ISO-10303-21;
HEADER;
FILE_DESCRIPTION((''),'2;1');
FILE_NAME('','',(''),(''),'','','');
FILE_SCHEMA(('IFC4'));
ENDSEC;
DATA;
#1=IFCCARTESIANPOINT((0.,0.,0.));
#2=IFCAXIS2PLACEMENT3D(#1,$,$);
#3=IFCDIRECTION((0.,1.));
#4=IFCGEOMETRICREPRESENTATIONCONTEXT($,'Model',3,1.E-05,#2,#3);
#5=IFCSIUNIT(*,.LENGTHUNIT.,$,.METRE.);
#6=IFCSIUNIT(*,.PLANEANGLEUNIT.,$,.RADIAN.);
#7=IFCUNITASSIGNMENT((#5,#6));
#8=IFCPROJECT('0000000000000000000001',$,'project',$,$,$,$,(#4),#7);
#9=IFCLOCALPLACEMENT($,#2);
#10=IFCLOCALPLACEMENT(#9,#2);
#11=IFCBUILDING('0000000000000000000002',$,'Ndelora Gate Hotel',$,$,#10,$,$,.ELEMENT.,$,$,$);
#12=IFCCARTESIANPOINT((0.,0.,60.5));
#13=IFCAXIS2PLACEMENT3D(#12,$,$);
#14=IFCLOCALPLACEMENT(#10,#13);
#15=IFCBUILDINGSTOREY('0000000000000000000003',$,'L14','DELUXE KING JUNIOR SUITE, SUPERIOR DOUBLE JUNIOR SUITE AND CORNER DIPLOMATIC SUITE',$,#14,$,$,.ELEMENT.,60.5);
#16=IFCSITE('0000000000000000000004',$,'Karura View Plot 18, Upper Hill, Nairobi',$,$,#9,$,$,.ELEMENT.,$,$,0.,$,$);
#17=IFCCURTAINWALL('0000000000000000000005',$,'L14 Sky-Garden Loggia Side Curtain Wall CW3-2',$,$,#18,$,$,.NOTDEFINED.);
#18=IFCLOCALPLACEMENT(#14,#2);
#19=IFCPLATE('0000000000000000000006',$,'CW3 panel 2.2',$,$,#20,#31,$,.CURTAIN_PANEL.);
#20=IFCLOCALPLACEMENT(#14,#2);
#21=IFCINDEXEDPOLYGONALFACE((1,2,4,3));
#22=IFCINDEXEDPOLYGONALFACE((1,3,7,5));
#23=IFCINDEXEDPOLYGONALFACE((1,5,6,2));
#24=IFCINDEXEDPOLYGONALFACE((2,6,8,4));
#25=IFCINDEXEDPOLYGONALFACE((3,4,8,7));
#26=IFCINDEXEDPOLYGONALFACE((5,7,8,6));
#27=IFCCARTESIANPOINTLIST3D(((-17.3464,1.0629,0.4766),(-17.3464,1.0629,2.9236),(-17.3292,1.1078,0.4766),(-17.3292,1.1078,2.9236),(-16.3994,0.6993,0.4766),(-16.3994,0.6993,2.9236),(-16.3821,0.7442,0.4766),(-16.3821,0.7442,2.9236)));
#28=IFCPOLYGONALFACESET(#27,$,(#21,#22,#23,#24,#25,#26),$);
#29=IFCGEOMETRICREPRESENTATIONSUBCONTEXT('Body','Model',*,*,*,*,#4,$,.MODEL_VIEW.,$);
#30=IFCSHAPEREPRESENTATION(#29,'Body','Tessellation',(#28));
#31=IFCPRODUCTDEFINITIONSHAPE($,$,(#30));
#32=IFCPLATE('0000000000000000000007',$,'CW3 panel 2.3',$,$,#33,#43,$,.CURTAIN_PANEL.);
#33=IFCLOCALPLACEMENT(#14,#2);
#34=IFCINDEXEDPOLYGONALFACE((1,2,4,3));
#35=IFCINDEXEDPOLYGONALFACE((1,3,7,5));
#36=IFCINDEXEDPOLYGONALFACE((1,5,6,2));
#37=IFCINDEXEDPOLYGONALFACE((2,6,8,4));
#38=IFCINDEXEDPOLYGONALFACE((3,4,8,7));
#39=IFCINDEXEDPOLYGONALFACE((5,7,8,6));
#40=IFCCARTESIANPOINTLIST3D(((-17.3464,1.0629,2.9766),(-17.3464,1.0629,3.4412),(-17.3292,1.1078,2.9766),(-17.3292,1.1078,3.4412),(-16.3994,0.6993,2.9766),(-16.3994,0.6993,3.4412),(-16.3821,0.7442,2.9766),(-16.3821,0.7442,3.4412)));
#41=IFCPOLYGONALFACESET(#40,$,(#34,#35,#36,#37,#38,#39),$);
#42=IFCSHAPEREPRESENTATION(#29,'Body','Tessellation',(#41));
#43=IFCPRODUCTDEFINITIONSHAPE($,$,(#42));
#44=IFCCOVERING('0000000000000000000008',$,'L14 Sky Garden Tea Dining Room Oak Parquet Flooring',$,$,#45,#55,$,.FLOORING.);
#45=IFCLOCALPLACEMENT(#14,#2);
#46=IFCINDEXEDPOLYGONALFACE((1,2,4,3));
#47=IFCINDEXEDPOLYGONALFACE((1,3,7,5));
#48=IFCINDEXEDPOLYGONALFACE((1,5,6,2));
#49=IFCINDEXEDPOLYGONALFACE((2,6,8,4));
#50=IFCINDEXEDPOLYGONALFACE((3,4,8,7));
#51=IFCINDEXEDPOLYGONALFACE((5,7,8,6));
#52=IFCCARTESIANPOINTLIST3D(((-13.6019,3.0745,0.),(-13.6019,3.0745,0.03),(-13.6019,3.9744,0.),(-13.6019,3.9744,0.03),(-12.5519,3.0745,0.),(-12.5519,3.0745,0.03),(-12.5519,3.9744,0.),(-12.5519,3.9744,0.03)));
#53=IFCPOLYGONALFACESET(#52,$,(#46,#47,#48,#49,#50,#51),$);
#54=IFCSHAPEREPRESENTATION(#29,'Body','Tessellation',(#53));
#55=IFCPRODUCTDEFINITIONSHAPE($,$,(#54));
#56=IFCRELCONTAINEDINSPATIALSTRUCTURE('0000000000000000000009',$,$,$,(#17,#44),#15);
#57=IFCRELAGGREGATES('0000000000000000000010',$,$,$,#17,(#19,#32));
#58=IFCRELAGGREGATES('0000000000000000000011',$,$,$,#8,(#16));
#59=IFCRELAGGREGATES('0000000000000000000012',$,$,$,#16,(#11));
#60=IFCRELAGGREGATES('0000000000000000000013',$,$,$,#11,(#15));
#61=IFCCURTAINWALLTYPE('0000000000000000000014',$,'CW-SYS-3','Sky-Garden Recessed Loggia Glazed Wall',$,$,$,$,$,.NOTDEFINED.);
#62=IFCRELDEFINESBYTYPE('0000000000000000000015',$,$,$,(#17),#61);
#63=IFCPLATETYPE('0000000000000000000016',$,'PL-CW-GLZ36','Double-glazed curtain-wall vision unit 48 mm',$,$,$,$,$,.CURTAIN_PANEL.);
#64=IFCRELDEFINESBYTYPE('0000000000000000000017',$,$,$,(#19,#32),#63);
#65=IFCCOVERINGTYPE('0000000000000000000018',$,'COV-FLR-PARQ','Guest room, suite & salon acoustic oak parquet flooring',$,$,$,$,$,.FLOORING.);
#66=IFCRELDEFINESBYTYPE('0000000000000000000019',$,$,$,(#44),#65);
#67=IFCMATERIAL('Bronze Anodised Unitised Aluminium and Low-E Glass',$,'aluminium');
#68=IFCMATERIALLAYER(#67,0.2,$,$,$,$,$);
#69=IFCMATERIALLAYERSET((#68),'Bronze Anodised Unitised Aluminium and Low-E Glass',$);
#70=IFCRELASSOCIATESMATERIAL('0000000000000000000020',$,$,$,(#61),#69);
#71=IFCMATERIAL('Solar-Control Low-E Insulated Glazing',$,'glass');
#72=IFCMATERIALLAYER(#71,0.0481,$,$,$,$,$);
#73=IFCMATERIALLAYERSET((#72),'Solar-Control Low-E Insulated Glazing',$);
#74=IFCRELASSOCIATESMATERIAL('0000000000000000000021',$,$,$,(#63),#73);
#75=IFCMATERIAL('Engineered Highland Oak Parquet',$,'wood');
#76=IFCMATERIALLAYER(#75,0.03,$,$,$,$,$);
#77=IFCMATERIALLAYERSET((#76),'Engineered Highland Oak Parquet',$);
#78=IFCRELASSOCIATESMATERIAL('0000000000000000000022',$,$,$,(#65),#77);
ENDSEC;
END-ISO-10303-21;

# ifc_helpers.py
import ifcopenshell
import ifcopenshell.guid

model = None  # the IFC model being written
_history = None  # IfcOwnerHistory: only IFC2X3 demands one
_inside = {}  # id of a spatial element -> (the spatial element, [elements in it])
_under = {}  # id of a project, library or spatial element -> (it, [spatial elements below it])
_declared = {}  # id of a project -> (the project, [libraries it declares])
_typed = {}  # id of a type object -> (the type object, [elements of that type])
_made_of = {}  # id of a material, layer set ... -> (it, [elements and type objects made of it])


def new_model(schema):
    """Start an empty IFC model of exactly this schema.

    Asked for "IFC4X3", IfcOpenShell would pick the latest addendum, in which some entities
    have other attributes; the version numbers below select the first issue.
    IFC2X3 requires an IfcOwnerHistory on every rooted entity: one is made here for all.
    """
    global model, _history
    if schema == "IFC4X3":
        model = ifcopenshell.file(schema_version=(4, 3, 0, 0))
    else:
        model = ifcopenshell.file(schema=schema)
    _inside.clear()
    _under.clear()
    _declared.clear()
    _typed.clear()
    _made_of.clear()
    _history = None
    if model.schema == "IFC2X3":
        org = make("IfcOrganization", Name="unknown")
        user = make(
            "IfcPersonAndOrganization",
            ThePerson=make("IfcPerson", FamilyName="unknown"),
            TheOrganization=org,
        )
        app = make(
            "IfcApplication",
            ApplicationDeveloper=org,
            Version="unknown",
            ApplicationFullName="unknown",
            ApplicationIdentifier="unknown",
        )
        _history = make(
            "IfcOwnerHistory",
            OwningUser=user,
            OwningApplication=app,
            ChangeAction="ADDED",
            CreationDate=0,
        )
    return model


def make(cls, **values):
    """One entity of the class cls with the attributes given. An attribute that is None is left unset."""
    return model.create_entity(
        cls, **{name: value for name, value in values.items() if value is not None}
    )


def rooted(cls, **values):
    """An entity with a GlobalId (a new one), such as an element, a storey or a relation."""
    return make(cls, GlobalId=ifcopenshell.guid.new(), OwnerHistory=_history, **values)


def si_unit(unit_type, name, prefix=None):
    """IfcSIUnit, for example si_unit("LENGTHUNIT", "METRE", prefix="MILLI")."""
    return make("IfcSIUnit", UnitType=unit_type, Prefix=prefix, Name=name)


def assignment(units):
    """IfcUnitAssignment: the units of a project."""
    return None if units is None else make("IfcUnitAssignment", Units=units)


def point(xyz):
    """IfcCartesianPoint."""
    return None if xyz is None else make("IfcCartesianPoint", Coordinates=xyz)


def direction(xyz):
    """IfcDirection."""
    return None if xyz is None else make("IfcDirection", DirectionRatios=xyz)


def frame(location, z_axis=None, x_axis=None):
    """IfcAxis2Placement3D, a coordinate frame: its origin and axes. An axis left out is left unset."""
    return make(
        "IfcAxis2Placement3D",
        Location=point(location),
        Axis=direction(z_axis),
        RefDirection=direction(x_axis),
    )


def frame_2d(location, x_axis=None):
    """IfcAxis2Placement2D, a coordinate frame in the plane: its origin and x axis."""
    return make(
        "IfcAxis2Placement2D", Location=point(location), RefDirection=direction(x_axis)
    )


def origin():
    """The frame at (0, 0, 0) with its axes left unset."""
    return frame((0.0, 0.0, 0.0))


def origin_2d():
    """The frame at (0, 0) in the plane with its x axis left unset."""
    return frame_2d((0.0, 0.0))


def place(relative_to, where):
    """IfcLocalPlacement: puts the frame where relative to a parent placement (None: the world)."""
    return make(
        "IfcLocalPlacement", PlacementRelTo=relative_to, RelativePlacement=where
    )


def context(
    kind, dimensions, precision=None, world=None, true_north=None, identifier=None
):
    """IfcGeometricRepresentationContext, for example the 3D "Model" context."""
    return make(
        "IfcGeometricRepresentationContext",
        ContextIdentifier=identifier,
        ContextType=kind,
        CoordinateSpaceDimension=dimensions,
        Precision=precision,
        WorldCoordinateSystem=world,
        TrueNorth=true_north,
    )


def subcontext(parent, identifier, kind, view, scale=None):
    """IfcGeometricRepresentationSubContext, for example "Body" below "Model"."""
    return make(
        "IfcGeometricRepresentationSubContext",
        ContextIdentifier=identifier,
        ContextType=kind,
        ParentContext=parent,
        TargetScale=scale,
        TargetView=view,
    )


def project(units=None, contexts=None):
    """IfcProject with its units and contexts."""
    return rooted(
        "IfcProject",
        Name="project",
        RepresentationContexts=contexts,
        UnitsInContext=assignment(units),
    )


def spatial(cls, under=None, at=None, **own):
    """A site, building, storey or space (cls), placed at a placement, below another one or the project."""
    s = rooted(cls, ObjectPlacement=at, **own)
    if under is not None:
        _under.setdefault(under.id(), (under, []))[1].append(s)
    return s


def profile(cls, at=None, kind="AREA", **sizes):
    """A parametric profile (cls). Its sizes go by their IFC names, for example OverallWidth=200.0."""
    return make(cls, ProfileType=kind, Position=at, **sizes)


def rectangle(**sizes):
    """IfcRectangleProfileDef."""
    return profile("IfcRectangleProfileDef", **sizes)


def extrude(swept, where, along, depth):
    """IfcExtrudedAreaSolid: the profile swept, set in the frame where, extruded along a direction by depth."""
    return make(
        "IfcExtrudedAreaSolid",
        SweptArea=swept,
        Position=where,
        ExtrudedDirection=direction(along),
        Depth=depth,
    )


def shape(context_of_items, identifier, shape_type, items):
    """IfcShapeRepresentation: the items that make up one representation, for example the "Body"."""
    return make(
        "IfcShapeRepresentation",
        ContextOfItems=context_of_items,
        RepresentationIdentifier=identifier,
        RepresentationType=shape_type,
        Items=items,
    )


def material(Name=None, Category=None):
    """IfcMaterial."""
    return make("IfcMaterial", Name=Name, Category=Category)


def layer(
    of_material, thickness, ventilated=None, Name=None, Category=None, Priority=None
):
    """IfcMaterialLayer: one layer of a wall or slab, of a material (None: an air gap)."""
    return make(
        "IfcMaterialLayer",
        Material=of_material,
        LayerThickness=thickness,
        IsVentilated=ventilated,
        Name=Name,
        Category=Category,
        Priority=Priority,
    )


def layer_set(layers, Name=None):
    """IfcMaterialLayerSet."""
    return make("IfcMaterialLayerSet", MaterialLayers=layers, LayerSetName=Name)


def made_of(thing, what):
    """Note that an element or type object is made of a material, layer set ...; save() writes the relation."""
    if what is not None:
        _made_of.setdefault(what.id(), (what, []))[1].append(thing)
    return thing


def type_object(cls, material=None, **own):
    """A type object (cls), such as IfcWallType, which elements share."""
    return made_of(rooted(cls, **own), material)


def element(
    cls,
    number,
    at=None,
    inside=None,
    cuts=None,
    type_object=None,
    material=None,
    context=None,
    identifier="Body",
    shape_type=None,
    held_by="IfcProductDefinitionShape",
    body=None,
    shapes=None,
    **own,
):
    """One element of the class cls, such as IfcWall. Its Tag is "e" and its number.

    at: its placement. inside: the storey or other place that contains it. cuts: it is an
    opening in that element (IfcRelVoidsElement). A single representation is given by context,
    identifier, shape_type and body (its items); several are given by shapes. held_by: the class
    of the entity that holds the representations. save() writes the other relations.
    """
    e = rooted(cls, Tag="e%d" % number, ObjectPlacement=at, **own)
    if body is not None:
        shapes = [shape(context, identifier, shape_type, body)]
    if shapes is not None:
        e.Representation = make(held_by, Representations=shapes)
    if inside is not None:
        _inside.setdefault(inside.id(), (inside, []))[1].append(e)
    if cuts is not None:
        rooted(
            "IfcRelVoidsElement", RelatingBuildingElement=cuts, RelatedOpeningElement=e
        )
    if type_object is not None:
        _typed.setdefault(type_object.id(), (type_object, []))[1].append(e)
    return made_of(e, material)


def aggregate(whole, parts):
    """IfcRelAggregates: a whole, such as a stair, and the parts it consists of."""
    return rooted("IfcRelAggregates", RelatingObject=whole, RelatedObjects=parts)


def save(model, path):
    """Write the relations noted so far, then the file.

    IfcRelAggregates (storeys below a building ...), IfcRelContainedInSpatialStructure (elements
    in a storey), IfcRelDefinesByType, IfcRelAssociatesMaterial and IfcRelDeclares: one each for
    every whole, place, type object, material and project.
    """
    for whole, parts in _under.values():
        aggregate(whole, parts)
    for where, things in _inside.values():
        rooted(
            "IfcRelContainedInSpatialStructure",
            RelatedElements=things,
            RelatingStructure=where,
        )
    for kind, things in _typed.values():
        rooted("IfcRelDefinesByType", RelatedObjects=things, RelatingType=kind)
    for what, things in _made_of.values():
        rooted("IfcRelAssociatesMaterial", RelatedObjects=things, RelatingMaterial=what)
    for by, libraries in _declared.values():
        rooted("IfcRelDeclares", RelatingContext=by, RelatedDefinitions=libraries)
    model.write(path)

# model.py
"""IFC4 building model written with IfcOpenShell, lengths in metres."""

from ifc_helpers import new_model, si_unit, direction, frame, origin, origin_2d, place, context, subcontext, project, spatial, rectangle, extrude, material, layer, layer_set, type_object, element, aggregate, save


model = new_model("IFC4")

# Units and contexts
model_context = context("Model", 3, precision=1e-05, world=origin(), true_north=direction((0.0, 1.0)))
body_context = subcontext(model_context, "Body", "Model", "MODEL_VIEW")
ifc_project = project(units=[si_unit("LENGTHUNIT", "METRE"), si_unit("PLANEANGLEUNIT", "RADIAN")], contexts=[model_context])

# Site, building, storey
site_placement = place(None, origin())
site = spatial("IfcSite", under=ifc_project, at=site_placement, Name="Karura View Plot 18, Upper Hill, Nairobi", CompositionType="ELEMENT", RefElevation=0.0)
building_placement = place(site_placement, origin())
building = spatial("IfcBuilding", under=site, at=building_placement, Name="Ndelora Gate Hotel", CompositionType="ELEMENT")
storey_placement = place(building_placement, frame((0.0, 0.0, 60.5)))
storey = spatial("IfcBuildingStorey", under=building, at=storey_placement, Name="L14", Description="DELUXE KING JUNIOR SUITE, SUPERIOR DOUBLE JUNIOR SUITE AND CORNER DIPLOMATIC SUITE", CompositionType="ELEMENT", Elevation=60.5)

# Curtain wall, plates
ifc_material_1 = material(Name="Bronze Anodised Unitised Aluminium and Low-E Glass", Category="aluminium")
ifc_layer_1 = layer(ifc_material_1, 0.2)
ifc_layer_set_1 = layer_set([ifc_layer_1], Name="Bronze Anodised Unitised Aluminium and Low-E Glass")
curtain_wall_type = type_object("IfcCurtainWallType", Name="CW-SYS-3", Description="Sky-Garden Recessed Loggia Glazed Wall", PredefinedType="NOTDEFINED", material=ifc_layer_set_1)
curtain_wall_placement = place(storey_placement, origin())
curtain_wall = element("IfcCurtainWall", 1, at=curtain_wall_placement, inside=storey, type_object=curtain_wall_type, Name="L14 Sky-Garden Loggia Side Curtain Wall CW3-2", PredefinedType="NOTDEFINED")
ifc_material_2 = material(Name="Solar-Control Low-E Insulated Glazing", Category="glass")
ifc_layer_2 = layer(ifc_material_2, 0.0481)
ifc_layer_set_2 = layer_set([ifc_layer_2], Name="Solar-Control Low-E Insulated Glazing")
plate_type = type_object("IfcPlateType", Name="PL-CW-GLZ36", Description="Double-glazed curtain-wall vision unit 48 mm", PredefinedType="CURTAIN_PANEL", material=ifc_layer_set_2)
plate_1_placement = place(storey_placement, frame((-16.8643, 0.9036, 0.4766), z_axis=(0.0, 0.0, 1.0), x_axis=(0.933577, -0.358376, 0.0)))
plate_1 = element("IfcPlate", 2, at=plate_1_placement, type_object=plate_type, Name="CW3 panel 2.2", PredefinedType="CURTAIN_PANEL", context=body_context, shape_type="SweptSolid", body=[
    extrude(rectangle(XDim=1.0144, YDim=0.0481, at=origin_2d()), origin(), (0.0, 0.0, 1.0), 2.447),
])
plate_2_placement = place(storey_placement, frame((-16.8643, 0.9036, 2.9766), z_axis=(0.0, 0.0, 1.0), x_axis=(0.933577, -0.358376, 0.0)))
plate_2 = element("IfcPlate", 3, at=plate_2_placement, type_object=plate_type, Name="CW3 panel 2.3", PredefinedType="CURTAIN_PANEL", context=body_context, shape_type="SweptSolid", body=[
    extrude(rectangle(XDim=1.0144, YDim=0.0481, at=origin_2d()), origin(), (0.0, 0.0, 1.0), 0.4646),
])
aggregate(curtain_wall, [plate_1, plate_2])

# Covering
ifc_material_3 = material(Name="Engineered Highland Oak Parquet", Category="wood")
ifc_layer_3 = layer(ifc_material_3, 0.03)
ifc_layer_set_3 = layer_set([ifc_layer_3], Name="Engineered Highland Oak Parquet")
covering_type = type_object("IfcCoveringType", Name="COV-FLR-PARQ", Description="Guest room, suite & salon acoustic oak parquet flooring", PredefinedType="FLOORING", material=ifc_layer_set_3)
covering_placement = place(storey_placement, frame((-13.0769, 3.5244, 0.0), z_axis=(0.0, 0.0, 1.0), x_axis=(1.0, 0.0, 0.0)))
element("IfcCovering", 4, at=covering_placement, inside=storey, type_object=covering_type, Name="L14 Sky Garden Tea Dining Room Oak Parquet Flooring", PredefinedType="FLOORING", context=body_context, shape_type="SweptSolid", body=[
    extrude(rectangle(XDim=1.05, YDim=0.8999, at=origin_2d()), origin(), (0.0, 0.0, 1.0), 0.03),
])

save(model, "model.ifc")
